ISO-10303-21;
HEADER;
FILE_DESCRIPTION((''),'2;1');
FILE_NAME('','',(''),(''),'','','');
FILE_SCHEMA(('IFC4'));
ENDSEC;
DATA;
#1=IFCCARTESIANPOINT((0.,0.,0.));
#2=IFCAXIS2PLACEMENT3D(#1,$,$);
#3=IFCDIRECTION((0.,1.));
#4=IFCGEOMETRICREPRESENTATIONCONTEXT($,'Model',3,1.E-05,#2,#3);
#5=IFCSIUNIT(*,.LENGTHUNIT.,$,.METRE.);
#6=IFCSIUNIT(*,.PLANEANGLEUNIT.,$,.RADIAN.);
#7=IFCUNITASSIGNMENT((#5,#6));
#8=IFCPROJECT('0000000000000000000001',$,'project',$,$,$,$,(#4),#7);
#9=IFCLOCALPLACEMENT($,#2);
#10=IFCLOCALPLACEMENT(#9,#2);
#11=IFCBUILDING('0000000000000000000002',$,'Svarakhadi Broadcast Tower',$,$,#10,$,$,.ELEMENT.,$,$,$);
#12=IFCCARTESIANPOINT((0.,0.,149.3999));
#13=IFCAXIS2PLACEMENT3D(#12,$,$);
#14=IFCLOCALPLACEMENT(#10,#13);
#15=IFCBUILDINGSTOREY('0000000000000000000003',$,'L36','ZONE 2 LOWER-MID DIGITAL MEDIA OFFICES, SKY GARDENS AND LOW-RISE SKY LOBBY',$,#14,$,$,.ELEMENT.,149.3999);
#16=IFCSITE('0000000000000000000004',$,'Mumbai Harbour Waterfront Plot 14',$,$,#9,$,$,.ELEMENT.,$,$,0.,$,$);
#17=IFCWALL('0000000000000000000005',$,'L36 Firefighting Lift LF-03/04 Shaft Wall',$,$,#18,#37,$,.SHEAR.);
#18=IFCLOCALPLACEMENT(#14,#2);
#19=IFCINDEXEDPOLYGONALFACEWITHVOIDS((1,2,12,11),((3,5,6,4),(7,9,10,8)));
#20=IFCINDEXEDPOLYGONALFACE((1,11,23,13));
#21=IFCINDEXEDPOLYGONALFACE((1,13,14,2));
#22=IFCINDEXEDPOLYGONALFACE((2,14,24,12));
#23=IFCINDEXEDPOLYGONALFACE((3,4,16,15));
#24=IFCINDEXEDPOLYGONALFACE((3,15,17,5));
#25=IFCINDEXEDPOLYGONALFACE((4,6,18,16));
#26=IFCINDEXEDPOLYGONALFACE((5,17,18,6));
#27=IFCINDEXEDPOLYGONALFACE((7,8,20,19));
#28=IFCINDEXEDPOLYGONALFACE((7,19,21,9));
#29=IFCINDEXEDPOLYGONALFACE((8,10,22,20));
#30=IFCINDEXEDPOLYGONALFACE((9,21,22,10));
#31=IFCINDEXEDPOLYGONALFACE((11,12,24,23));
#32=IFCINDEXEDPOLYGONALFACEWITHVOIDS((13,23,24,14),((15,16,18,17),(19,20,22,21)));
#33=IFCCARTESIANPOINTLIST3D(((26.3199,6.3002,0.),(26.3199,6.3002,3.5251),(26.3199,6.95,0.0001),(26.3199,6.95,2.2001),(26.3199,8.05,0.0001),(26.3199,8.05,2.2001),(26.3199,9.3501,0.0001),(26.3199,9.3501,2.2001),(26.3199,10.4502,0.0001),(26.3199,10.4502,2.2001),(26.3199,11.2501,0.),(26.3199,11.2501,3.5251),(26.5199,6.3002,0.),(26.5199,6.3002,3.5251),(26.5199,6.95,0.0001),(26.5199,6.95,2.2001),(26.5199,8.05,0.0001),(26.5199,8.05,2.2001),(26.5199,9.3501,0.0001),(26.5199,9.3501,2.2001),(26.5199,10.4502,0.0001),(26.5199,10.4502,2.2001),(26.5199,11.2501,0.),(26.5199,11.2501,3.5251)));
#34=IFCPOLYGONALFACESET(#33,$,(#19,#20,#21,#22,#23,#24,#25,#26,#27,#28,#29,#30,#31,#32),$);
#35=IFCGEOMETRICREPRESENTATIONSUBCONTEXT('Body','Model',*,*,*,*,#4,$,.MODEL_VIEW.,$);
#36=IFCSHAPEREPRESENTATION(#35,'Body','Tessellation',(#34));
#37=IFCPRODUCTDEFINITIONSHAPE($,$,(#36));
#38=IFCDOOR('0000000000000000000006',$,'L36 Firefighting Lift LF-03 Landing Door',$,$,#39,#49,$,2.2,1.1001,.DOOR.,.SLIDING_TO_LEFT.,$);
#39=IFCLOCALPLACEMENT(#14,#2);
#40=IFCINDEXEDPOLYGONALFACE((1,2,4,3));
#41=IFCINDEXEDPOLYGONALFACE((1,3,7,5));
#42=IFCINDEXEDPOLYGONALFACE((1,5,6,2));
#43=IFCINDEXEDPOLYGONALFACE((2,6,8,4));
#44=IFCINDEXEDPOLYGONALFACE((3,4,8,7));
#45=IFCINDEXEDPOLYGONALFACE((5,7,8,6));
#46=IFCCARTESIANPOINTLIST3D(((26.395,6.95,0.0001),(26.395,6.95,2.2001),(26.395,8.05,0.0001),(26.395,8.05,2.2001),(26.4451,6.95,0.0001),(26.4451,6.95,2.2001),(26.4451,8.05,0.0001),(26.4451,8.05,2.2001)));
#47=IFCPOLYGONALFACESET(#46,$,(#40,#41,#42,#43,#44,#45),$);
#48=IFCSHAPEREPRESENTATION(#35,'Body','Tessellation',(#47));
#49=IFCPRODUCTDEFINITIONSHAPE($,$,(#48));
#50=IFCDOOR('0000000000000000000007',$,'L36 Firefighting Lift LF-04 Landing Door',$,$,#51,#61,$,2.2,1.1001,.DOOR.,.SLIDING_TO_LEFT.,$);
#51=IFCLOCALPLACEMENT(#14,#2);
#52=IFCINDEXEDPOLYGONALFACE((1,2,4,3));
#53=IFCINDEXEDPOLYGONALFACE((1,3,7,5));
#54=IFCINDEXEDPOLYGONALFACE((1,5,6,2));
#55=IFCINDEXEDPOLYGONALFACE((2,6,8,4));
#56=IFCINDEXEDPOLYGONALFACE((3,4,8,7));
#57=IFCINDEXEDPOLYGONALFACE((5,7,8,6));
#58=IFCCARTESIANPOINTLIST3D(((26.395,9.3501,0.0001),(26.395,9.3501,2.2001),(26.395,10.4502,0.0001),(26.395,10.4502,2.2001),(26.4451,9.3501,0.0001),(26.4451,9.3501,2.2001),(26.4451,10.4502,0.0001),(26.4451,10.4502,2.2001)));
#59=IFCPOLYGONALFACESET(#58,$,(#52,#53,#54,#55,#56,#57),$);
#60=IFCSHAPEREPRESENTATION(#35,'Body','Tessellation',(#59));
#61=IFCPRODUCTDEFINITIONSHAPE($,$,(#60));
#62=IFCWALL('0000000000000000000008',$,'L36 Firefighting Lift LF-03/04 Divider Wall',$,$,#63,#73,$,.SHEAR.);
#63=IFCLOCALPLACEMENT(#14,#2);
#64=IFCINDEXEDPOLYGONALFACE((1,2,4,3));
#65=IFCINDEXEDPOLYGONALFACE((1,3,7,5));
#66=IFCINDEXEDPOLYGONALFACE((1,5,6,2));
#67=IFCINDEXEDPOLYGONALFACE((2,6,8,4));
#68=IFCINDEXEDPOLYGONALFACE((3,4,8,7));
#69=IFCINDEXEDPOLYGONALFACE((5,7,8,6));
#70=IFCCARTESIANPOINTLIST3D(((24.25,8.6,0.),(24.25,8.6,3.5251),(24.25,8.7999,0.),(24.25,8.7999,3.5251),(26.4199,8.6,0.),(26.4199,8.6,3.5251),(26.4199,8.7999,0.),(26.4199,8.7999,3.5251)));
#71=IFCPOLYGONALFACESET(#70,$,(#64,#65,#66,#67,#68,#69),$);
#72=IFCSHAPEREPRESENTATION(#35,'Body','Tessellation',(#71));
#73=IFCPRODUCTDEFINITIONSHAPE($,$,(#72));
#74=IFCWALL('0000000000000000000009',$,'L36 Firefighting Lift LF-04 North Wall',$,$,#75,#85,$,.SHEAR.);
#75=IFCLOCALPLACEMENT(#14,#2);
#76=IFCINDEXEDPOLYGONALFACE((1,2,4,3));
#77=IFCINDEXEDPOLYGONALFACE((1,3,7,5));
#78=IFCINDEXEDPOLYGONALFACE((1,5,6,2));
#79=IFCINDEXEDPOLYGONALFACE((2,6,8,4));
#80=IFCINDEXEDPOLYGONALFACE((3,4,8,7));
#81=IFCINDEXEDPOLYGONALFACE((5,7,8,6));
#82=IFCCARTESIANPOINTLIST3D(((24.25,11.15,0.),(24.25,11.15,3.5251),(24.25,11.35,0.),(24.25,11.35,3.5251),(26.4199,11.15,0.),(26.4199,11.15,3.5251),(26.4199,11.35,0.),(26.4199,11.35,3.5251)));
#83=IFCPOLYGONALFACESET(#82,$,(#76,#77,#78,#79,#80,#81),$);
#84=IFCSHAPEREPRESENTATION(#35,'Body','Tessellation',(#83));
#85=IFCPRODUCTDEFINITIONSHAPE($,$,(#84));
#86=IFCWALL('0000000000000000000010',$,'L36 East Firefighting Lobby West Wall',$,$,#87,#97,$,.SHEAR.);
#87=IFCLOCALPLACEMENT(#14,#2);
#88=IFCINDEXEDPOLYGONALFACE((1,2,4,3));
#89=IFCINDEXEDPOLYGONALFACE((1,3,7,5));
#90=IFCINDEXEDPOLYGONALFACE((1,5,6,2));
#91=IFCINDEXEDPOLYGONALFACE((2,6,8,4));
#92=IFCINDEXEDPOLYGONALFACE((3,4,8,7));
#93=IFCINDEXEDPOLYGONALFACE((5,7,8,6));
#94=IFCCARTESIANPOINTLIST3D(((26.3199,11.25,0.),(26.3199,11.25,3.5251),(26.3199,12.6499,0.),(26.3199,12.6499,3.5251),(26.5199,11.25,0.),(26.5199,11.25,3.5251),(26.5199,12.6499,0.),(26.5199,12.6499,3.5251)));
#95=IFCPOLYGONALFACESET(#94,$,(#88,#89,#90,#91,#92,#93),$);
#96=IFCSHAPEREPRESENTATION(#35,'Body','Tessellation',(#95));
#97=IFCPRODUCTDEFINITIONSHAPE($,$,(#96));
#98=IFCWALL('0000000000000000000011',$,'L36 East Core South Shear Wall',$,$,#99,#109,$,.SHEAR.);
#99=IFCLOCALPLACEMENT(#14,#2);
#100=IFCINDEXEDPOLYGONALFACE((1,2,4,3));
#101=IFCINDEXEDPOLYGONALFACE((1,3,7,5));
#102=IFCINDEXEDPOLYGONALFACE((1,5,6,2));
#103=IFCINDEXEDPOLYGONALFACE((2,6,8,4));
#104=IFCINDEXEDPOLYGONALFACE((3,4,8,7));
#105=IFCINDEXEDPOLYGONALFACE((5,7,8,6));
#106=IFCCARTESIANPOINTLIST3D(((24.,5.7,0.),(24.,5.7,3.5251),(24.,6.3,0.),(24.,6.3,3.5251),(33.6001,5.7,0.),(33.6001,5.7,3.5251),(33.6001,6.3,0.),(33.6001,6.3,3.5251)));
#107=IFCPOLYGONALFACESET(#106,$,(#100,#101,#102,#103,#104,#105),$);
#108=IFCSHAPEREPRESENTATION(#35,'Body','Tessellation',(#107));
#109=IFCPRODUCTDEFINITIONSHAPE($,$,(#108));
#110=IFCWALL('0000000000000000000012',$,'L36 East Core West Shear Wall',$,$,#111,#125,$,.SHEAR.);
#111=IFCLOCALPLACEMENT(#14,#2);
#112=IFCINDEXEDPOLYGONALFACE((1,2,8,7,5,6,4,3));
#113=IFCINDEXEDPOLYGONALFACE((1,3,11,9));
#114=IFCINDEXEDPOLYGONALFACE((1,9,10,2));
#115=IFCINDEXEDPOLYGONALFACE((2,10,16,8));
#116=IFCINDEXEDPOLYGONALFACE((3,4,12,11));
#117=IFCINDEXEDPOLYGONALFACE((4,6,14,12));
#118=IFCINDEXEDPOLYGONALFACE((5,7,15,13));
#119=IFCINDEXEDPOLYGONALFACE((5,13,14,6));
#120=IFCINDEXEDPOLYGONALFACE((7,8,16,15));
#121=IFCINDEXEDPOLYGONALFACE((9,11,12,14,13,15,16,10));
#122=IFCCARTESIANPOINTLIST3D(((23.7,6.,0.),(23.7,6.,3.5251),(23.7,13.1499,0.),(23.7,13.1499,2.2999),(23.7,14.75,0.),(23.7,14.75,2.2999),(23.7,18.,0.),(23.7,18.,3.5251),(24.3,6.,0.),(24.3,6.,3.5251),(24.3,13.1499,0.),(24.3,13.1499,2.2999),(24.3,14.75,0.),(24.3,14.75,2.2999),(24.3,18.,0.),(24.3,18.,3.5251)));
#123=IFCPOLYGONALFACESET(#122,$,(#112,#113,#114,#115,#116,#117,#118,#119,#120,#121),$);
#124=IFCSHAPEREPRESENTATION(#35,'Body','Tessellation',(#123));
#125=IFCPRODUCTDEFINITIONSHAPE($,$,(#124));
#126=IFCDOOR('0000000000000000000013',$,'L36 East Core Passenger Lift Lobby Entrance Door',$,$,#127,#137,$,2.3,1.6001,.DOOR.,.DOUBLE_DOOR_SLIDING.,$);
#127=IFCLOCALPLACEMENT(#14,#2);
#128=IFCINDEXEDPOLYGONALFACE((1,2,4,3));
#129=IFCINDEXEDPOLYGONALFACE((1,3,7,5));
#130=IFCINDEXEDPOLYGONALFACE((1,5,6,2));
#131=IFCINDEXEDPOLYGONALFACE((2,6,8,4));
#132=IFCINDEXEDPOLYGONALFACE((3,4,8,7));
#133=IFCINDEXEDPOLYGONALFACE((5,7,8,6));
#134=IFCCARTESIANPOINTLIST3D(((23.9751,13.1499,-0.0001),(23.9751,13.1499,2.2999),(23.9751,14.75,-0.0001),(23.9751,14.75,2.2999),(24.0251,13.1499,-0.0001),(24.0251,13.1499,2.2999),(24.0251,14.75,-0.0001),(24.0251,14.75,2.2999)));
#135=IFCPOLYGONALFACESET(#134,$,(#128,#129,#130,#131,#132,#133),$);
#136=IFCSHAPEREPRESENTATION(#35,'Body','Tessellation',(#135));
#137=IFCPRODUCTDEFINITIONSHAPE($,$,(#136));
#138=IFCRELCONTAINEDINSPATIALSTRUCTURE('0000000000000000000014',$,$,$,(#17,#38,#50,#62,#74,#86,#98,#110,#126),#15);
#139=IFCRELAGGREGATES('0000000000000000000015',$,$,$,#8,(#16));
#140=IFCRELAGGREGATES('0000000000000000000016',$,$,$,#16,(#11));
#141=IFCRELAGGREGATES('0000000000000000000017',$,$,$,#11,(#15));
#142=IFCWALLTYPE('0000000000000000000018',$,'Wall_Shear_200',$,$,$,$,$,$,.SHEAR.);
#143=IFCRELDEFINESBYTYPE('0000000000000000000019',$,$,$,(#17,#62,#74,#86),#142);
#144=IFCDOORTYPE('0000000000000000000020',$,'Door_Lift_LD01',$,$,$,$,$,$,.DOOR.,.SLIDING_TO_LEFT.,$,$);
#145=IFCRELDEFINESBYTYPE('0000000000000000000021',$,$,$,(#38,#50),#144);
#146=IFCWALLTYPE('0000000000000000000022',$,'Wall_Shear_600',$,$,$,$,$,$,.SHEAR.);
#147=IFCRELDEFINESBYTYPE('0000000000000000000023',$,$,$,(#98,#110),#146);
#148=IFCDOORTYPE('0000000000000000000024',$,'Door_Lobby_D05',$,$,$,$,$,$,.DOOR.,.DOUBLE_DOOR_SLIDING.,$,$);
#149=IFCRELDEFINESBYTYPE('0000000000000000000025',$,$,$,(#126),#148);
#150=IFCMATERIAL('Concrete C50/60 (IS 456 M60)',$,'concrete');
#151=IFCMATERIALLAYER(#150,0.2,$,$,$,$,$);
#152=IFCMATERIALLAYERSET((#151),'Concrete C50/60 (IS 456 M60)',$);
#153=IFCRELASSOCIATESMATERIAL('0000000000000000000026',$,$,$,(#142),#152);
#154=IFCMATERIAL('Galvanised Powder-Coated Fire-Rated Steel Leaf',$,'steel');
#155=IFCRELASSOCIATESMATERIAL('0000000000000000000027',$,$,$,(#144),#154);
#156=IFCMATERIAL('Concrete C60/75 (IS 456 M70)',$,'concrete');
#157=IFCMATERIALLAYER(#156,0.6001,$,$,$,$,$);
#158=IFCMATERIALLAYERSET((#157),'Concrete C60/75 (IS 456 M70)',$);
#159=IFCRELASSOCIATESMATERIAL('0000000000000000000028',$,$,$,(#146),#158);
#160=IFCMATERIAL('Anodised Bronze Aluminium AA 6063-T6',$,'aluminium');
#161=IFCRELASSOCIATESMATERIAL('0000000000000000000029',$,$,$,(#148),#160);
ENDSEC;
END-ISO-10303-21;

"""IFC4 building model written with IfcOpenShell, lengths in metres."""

from ifc_helpers import new_model, si_unit, direction, frame, frame_2d, origin, place, context, subcontext, project, spatial, rectangle, extrude, material, layer, layer_set, type_object, element, fill, save


model = new_model("IFC4")

# Units and contexts
model_context = context("Model", 3, precision=1e-05, world=origin(), true_north=direction((0.0, 1.0)))
body_context = subcontext(model_context, "Body", "Model", "MODEL_VIEW")
ifc_project = project(units=[si_unit("LENGTHUNIT", "METRE"), si_unit("PLANEANGLEUNIT", "RADIAN")], contexts=[model_context])

# Site, building, storey
site_placement = place(None, origin())
site = spatial("IfcSite", under=ifc_project, at=site_placement, Name="Mumbai Harbour Waterfront Plot 14", CompositionType="ELEMENT", RefElevation=0.0)
building_placement = place(site_placement, origin())
building = spatial("IfcBuilding", under=site, at=building_placement, Name="Svarakhadi Broadcast Tower", CompositionType="ELEMENT")
storey_placement = place(building_placement, frame((0.0, 0.0, 149.3999)))
storey = spatial("IfcBuildingStorey", under=building, at=storey_placement, Name="L36", Description="ZONE 2 LOWER-MID DIGITAL MEDIA OFFICES, SKY GARDENS AND LOW-RISE SKY LOBBY", CompositionType="ELEMENT", Elevation=149.3999)

# Shared definitions
ifc_material_1 = material(Name="Concrete C50/60 (IS 456 M60)", Category="concrete")

# Wall, openings, doors
ifc_layer_1 = layer(ifc_material_1, 0.2)
ifc_layer_set_1 = layer_set([ifc_layer_1], Name="Concrete C50/60 (IS 456 M60)")
wall_type_1 = type_object("IfcWallType", Name="Wall_Shear_200", PredefinedType="SHEAR", material=ifc_layer_set_1)
wall_1_placement = place(storey_placement, frame((26.4199, 6.3, 0.0), z_axis=(0.0, 0.0, 1.0), x_axis=(0.0, 1.0, 0.0)))
wall_1 = element("IfcWall", 1, at=wall_1_placement, inside=storey, type_object=wall_type_1, Name="L36 Firefighting Lift LF-03/04 Shaft Wall", PredefinedType="SHEAR", context=body_context, shape_type="SweptSolid", body=[
    extrude(rectangle(XDim=4.95, YDim=0.2, at=frame_2d((2.4751, 0.0))), origin(), (0.0, 0.0, 1.0), 3.5251),
])
opening_1_placement = place(wall_1_placement, frame((0.6499, 0.0, 0.0)))
opening_1 = element("IfcOpeningElement", 2, at=opening_1_placement, cuts=wall_1, PredefinedType="OPENING", context=body_context, shape_type="SweptSolid", body=[
    extrude(rectangle(XDim=1.1001, YDim=2.2, at=frame_2d((0.55, 1.1001))), frame((0.0, 0.1099, 0.0), z_axis=(0.0, -1.0, 0.0), x_axis=(1.0, 0.0, 0.0)), (0.0, 0.0, 1.0), 0.22),
])
opening_2_placement = place(wall_1_placement, frame((3.05, 0.0, 0.0)))
opening_2 = element("IfcOpeningElement", 3, at=opening_2_placement, cuts=wall_1, PredefinedType="OPENING", context=body_context, shape_type="SweptSolid", body=[
    extrude(rectangle(XDim=1.1001, YDim=2.2, at=frame_2d((0.55, 1.1001))), frame((0.0, 0.1099, 0.0), z_axis=(0.0, -1.0, 0.0), x_axis=(1.0, 0.0, 0.0)), (0.0, 0.0, 1.0), 0.22),
])
ifc_material_2 = material(Name="Galvanised Powder-Coated Fire-Rated Steel Leaf", Category="steel")
door_type_1 = type_object("IfcDoorType", Name="Door_Lift_LD01", OperationType="SLIDING_TO_LEFT", PredefinedType="DOOR", material=ifc_material_2)
door_1_placement = place(opening_1_placement, origin())
door_1 = element("IfcDoor", 4, at=door_1_placement, inside=storey, type_object=door_type_1, Name="L36 Firefighting Lift LF-03 Landing Door", OperationType="SLIDING_TO_LEFT", OverallHeight=2.2, OverallWidth=1.1001, PredefinedType="DOOR", context=body_context, shape_type="SweptSolid", body=[
    extrude(rectangle(XDim=1.1001, YDim=2.2, at=frame_2d((0.55, 1.1001))), frame((0.0, 0.0249, 0.0), z_axis=(0.0, -1.0, 0.0), x_axis=(1.0, 0.0, 0.0)), (0.0, 0.0, 1.0), 0.05),
])
fill(opening_1, door_1)
door_2_placement = place(opening_2_placement, origin())
door_2 = element("IfcDoor", 5, at=door_2_placement, inside=storey, type_object=door_type_1, Name="L36 Firefighting Lift LF-04 Landing Door", OperationType="SLIDING_TO_LEFT", OverallHeight=2.2, OverallWidth=1.1001, PredefinedType="DOOR", context=body_context, shape_type="SweptSolid", body=[
    extrude(rectangle(XDim=1.1001, YDim=2.2, at=frame_2d((0.55, 1.1001))), frame((0.0, 0.0249, 0.0), z_axis=(0.0, -1.0, 0.0), x_axis=(1.0, 0.0, 0.0)), (0.0, 0.0, 1.0), 0.05),
])
fill(opening_2, door_2)

# Walls
for number, where, z_axis, x_axis, name in (
    (6, (24.25, 8.7, 0.0), (0.0, 0.0, 1.0), (1.0, 0.0, 0.0), "L36 Firefighting Lift LF-03/04 Divider Wall"),
    (7, (24.25, 11.25, 0.0), (0.0, 0.0, 1.0), (1.0, 0.0, 0.0), "L36 Firefighting Lift LF-04 North Wall"),
):
    element("IfcWall", number, at=place(storey_placement, frame(where, z_axis=z_axis, x_axis=x_axis)), inside=storey, type_object=wall_type_1, Name=name, PredefinedType="SHEAR", context=body_context, shape_type="SweptSolid", body=[
        extrude(rectangle(XDim=2.1699, YDim=0.2, at=frame_2d((1.085, 0.0))), origin(), (0.0, 0.0, 1.0), 3.5251),
    ])
wall_2_placement = place(storey_placement, frame((26.4199, 11.25, 0.0), z_axis=(0.0, 0.0, 1.0), x_axis=(0.0, 1.0, 0.0)))
element("IfcWall", 8, at=wall_2_placement, inside=storey, type_object=wall_type_1, Name="L36 East Firefighting Lobby West Wall", PredefinedType="SHEAR", context=body_context, shape_type="SweptSolid", body=[
    extrude(rectangle(XDim=1.3999, YDim=0.2, at=frame_2d((0.7, 0.0))), origin(), (0.0, 0.0, 1.0), 3.5251),
])
ifc_material_3 = material(Name="Concrete C60/75 (IS 456 M70)", Category="concrete")
ifc_layer_2 = layer(ifc_material_3, 0.6001)
ifc_layer_set_2 = layer_set([ifc_layer_2], Name="Concrete C60/75 (IS 456 M70)")
wall_type_2 = type_object("IfcWallType", Name="Wall_Shear_600", PredefinedType="SHEAR", material=ifc_layer_set_2)
wall_3_placement = place(storey_placement, frame((24.0, 6.0, 0.0), z_axis=(0.0, 0.0, 1.0), x_axis=(1.0, 0.0, 0.0)))
element("IfcWall", 9, at=wall_3_placement, inside=storey, type_object=wall_type_2, Name="L36 East Core South Shear Wall", PredefinedType="SHEAR", context=body_context, shape_type="SweptSolid", body=[
    extrude(rectangle(XDim=9.6001, YDim=0.6001, at=frame_2d((4.8, 0.0))), origin(), (0.0, 0.0, 1.0), 3.5251),
])

# Wall, opening, door
wall_4_placement = place(storey_placement, frame((24.0, 6.0, 0.0), z_axis=(0.0, 0.0, 1.0), x_axis=(0.0, 1.0, 0.0)))
wall_4 = element("IfcWall", 10, at=wall_4_placement, inside=storey, type_object=wall_type_2, Name="L36 East Core West Shear Wall", PredefinedType="SHEAR", context=body_context, shape_type="SweptSolid", body=[
    extrude(rectangle(XDim=12.0, YDim=0.6001, at=frame_2d((6.0, 0.0))), origin(), (0.0, 0.0, 1.0), 3.5251),
])
opening_3_placement = place(wall_4_placement, frame((7.1499, 0.0, 0.0)))
opening_3 = element("IfcOpeningElement", 11, at=opening_3_placement, cuts=wall_4, PredefinedType="OPENING", context=body_context, shape_type="SweptSolid", body=[
    extrude(rectangle(XDim=1.6001, YDim=2.3, at=frame_2d((0.8, 1.1499))), frame((0.0, 0.3101, 0.0), z_axis=(0.0, -1.0, 0.0), x_axis=(1.0, 0.0, 0.0)), (0.0, 0.0, 1.0), 0.6201),
])
ifc_material_4 = material(Name="Anodised Bronze Aluminium AA 6063-T6", Category="aluminium")
door_type_2 = type_object("IfcDoorType", Name="Door_Lobby_D05", OperationType="DOUBLE_DOOR_SLIDING", PredefinedType="DOOR", material=ifc_material_4)
door_3_placement = place(opening_3_placement, origin())
door_3 = element("IfcDoor", 12, at=door_3_placement, inside=storey, type_object=door_type_2, Name="L36 East Core Passenger Lift Lobby Entrance Door", OperationType="DOUBLE_DOOR_SLIDING", OverallHeight=2.3, OverallWidth=1.6001, PredefinedType="DOOR", context=body_context, shape_type="SweptSolid", body=[
    extrude(rectangle(XDim=1.6001, YDim=2.3, at=frame_2d((0.8, 1.1499))), frame((0.0, 0.0249, 0.0), z_axis=(0.0, -1.0, 0.0), x_axis=(1.0, 0.0, 0.0)), (0.0, 0.0, 1.0), 0.05),
])
fill(opening_3, door_3)

save(model, "model.ifc")
